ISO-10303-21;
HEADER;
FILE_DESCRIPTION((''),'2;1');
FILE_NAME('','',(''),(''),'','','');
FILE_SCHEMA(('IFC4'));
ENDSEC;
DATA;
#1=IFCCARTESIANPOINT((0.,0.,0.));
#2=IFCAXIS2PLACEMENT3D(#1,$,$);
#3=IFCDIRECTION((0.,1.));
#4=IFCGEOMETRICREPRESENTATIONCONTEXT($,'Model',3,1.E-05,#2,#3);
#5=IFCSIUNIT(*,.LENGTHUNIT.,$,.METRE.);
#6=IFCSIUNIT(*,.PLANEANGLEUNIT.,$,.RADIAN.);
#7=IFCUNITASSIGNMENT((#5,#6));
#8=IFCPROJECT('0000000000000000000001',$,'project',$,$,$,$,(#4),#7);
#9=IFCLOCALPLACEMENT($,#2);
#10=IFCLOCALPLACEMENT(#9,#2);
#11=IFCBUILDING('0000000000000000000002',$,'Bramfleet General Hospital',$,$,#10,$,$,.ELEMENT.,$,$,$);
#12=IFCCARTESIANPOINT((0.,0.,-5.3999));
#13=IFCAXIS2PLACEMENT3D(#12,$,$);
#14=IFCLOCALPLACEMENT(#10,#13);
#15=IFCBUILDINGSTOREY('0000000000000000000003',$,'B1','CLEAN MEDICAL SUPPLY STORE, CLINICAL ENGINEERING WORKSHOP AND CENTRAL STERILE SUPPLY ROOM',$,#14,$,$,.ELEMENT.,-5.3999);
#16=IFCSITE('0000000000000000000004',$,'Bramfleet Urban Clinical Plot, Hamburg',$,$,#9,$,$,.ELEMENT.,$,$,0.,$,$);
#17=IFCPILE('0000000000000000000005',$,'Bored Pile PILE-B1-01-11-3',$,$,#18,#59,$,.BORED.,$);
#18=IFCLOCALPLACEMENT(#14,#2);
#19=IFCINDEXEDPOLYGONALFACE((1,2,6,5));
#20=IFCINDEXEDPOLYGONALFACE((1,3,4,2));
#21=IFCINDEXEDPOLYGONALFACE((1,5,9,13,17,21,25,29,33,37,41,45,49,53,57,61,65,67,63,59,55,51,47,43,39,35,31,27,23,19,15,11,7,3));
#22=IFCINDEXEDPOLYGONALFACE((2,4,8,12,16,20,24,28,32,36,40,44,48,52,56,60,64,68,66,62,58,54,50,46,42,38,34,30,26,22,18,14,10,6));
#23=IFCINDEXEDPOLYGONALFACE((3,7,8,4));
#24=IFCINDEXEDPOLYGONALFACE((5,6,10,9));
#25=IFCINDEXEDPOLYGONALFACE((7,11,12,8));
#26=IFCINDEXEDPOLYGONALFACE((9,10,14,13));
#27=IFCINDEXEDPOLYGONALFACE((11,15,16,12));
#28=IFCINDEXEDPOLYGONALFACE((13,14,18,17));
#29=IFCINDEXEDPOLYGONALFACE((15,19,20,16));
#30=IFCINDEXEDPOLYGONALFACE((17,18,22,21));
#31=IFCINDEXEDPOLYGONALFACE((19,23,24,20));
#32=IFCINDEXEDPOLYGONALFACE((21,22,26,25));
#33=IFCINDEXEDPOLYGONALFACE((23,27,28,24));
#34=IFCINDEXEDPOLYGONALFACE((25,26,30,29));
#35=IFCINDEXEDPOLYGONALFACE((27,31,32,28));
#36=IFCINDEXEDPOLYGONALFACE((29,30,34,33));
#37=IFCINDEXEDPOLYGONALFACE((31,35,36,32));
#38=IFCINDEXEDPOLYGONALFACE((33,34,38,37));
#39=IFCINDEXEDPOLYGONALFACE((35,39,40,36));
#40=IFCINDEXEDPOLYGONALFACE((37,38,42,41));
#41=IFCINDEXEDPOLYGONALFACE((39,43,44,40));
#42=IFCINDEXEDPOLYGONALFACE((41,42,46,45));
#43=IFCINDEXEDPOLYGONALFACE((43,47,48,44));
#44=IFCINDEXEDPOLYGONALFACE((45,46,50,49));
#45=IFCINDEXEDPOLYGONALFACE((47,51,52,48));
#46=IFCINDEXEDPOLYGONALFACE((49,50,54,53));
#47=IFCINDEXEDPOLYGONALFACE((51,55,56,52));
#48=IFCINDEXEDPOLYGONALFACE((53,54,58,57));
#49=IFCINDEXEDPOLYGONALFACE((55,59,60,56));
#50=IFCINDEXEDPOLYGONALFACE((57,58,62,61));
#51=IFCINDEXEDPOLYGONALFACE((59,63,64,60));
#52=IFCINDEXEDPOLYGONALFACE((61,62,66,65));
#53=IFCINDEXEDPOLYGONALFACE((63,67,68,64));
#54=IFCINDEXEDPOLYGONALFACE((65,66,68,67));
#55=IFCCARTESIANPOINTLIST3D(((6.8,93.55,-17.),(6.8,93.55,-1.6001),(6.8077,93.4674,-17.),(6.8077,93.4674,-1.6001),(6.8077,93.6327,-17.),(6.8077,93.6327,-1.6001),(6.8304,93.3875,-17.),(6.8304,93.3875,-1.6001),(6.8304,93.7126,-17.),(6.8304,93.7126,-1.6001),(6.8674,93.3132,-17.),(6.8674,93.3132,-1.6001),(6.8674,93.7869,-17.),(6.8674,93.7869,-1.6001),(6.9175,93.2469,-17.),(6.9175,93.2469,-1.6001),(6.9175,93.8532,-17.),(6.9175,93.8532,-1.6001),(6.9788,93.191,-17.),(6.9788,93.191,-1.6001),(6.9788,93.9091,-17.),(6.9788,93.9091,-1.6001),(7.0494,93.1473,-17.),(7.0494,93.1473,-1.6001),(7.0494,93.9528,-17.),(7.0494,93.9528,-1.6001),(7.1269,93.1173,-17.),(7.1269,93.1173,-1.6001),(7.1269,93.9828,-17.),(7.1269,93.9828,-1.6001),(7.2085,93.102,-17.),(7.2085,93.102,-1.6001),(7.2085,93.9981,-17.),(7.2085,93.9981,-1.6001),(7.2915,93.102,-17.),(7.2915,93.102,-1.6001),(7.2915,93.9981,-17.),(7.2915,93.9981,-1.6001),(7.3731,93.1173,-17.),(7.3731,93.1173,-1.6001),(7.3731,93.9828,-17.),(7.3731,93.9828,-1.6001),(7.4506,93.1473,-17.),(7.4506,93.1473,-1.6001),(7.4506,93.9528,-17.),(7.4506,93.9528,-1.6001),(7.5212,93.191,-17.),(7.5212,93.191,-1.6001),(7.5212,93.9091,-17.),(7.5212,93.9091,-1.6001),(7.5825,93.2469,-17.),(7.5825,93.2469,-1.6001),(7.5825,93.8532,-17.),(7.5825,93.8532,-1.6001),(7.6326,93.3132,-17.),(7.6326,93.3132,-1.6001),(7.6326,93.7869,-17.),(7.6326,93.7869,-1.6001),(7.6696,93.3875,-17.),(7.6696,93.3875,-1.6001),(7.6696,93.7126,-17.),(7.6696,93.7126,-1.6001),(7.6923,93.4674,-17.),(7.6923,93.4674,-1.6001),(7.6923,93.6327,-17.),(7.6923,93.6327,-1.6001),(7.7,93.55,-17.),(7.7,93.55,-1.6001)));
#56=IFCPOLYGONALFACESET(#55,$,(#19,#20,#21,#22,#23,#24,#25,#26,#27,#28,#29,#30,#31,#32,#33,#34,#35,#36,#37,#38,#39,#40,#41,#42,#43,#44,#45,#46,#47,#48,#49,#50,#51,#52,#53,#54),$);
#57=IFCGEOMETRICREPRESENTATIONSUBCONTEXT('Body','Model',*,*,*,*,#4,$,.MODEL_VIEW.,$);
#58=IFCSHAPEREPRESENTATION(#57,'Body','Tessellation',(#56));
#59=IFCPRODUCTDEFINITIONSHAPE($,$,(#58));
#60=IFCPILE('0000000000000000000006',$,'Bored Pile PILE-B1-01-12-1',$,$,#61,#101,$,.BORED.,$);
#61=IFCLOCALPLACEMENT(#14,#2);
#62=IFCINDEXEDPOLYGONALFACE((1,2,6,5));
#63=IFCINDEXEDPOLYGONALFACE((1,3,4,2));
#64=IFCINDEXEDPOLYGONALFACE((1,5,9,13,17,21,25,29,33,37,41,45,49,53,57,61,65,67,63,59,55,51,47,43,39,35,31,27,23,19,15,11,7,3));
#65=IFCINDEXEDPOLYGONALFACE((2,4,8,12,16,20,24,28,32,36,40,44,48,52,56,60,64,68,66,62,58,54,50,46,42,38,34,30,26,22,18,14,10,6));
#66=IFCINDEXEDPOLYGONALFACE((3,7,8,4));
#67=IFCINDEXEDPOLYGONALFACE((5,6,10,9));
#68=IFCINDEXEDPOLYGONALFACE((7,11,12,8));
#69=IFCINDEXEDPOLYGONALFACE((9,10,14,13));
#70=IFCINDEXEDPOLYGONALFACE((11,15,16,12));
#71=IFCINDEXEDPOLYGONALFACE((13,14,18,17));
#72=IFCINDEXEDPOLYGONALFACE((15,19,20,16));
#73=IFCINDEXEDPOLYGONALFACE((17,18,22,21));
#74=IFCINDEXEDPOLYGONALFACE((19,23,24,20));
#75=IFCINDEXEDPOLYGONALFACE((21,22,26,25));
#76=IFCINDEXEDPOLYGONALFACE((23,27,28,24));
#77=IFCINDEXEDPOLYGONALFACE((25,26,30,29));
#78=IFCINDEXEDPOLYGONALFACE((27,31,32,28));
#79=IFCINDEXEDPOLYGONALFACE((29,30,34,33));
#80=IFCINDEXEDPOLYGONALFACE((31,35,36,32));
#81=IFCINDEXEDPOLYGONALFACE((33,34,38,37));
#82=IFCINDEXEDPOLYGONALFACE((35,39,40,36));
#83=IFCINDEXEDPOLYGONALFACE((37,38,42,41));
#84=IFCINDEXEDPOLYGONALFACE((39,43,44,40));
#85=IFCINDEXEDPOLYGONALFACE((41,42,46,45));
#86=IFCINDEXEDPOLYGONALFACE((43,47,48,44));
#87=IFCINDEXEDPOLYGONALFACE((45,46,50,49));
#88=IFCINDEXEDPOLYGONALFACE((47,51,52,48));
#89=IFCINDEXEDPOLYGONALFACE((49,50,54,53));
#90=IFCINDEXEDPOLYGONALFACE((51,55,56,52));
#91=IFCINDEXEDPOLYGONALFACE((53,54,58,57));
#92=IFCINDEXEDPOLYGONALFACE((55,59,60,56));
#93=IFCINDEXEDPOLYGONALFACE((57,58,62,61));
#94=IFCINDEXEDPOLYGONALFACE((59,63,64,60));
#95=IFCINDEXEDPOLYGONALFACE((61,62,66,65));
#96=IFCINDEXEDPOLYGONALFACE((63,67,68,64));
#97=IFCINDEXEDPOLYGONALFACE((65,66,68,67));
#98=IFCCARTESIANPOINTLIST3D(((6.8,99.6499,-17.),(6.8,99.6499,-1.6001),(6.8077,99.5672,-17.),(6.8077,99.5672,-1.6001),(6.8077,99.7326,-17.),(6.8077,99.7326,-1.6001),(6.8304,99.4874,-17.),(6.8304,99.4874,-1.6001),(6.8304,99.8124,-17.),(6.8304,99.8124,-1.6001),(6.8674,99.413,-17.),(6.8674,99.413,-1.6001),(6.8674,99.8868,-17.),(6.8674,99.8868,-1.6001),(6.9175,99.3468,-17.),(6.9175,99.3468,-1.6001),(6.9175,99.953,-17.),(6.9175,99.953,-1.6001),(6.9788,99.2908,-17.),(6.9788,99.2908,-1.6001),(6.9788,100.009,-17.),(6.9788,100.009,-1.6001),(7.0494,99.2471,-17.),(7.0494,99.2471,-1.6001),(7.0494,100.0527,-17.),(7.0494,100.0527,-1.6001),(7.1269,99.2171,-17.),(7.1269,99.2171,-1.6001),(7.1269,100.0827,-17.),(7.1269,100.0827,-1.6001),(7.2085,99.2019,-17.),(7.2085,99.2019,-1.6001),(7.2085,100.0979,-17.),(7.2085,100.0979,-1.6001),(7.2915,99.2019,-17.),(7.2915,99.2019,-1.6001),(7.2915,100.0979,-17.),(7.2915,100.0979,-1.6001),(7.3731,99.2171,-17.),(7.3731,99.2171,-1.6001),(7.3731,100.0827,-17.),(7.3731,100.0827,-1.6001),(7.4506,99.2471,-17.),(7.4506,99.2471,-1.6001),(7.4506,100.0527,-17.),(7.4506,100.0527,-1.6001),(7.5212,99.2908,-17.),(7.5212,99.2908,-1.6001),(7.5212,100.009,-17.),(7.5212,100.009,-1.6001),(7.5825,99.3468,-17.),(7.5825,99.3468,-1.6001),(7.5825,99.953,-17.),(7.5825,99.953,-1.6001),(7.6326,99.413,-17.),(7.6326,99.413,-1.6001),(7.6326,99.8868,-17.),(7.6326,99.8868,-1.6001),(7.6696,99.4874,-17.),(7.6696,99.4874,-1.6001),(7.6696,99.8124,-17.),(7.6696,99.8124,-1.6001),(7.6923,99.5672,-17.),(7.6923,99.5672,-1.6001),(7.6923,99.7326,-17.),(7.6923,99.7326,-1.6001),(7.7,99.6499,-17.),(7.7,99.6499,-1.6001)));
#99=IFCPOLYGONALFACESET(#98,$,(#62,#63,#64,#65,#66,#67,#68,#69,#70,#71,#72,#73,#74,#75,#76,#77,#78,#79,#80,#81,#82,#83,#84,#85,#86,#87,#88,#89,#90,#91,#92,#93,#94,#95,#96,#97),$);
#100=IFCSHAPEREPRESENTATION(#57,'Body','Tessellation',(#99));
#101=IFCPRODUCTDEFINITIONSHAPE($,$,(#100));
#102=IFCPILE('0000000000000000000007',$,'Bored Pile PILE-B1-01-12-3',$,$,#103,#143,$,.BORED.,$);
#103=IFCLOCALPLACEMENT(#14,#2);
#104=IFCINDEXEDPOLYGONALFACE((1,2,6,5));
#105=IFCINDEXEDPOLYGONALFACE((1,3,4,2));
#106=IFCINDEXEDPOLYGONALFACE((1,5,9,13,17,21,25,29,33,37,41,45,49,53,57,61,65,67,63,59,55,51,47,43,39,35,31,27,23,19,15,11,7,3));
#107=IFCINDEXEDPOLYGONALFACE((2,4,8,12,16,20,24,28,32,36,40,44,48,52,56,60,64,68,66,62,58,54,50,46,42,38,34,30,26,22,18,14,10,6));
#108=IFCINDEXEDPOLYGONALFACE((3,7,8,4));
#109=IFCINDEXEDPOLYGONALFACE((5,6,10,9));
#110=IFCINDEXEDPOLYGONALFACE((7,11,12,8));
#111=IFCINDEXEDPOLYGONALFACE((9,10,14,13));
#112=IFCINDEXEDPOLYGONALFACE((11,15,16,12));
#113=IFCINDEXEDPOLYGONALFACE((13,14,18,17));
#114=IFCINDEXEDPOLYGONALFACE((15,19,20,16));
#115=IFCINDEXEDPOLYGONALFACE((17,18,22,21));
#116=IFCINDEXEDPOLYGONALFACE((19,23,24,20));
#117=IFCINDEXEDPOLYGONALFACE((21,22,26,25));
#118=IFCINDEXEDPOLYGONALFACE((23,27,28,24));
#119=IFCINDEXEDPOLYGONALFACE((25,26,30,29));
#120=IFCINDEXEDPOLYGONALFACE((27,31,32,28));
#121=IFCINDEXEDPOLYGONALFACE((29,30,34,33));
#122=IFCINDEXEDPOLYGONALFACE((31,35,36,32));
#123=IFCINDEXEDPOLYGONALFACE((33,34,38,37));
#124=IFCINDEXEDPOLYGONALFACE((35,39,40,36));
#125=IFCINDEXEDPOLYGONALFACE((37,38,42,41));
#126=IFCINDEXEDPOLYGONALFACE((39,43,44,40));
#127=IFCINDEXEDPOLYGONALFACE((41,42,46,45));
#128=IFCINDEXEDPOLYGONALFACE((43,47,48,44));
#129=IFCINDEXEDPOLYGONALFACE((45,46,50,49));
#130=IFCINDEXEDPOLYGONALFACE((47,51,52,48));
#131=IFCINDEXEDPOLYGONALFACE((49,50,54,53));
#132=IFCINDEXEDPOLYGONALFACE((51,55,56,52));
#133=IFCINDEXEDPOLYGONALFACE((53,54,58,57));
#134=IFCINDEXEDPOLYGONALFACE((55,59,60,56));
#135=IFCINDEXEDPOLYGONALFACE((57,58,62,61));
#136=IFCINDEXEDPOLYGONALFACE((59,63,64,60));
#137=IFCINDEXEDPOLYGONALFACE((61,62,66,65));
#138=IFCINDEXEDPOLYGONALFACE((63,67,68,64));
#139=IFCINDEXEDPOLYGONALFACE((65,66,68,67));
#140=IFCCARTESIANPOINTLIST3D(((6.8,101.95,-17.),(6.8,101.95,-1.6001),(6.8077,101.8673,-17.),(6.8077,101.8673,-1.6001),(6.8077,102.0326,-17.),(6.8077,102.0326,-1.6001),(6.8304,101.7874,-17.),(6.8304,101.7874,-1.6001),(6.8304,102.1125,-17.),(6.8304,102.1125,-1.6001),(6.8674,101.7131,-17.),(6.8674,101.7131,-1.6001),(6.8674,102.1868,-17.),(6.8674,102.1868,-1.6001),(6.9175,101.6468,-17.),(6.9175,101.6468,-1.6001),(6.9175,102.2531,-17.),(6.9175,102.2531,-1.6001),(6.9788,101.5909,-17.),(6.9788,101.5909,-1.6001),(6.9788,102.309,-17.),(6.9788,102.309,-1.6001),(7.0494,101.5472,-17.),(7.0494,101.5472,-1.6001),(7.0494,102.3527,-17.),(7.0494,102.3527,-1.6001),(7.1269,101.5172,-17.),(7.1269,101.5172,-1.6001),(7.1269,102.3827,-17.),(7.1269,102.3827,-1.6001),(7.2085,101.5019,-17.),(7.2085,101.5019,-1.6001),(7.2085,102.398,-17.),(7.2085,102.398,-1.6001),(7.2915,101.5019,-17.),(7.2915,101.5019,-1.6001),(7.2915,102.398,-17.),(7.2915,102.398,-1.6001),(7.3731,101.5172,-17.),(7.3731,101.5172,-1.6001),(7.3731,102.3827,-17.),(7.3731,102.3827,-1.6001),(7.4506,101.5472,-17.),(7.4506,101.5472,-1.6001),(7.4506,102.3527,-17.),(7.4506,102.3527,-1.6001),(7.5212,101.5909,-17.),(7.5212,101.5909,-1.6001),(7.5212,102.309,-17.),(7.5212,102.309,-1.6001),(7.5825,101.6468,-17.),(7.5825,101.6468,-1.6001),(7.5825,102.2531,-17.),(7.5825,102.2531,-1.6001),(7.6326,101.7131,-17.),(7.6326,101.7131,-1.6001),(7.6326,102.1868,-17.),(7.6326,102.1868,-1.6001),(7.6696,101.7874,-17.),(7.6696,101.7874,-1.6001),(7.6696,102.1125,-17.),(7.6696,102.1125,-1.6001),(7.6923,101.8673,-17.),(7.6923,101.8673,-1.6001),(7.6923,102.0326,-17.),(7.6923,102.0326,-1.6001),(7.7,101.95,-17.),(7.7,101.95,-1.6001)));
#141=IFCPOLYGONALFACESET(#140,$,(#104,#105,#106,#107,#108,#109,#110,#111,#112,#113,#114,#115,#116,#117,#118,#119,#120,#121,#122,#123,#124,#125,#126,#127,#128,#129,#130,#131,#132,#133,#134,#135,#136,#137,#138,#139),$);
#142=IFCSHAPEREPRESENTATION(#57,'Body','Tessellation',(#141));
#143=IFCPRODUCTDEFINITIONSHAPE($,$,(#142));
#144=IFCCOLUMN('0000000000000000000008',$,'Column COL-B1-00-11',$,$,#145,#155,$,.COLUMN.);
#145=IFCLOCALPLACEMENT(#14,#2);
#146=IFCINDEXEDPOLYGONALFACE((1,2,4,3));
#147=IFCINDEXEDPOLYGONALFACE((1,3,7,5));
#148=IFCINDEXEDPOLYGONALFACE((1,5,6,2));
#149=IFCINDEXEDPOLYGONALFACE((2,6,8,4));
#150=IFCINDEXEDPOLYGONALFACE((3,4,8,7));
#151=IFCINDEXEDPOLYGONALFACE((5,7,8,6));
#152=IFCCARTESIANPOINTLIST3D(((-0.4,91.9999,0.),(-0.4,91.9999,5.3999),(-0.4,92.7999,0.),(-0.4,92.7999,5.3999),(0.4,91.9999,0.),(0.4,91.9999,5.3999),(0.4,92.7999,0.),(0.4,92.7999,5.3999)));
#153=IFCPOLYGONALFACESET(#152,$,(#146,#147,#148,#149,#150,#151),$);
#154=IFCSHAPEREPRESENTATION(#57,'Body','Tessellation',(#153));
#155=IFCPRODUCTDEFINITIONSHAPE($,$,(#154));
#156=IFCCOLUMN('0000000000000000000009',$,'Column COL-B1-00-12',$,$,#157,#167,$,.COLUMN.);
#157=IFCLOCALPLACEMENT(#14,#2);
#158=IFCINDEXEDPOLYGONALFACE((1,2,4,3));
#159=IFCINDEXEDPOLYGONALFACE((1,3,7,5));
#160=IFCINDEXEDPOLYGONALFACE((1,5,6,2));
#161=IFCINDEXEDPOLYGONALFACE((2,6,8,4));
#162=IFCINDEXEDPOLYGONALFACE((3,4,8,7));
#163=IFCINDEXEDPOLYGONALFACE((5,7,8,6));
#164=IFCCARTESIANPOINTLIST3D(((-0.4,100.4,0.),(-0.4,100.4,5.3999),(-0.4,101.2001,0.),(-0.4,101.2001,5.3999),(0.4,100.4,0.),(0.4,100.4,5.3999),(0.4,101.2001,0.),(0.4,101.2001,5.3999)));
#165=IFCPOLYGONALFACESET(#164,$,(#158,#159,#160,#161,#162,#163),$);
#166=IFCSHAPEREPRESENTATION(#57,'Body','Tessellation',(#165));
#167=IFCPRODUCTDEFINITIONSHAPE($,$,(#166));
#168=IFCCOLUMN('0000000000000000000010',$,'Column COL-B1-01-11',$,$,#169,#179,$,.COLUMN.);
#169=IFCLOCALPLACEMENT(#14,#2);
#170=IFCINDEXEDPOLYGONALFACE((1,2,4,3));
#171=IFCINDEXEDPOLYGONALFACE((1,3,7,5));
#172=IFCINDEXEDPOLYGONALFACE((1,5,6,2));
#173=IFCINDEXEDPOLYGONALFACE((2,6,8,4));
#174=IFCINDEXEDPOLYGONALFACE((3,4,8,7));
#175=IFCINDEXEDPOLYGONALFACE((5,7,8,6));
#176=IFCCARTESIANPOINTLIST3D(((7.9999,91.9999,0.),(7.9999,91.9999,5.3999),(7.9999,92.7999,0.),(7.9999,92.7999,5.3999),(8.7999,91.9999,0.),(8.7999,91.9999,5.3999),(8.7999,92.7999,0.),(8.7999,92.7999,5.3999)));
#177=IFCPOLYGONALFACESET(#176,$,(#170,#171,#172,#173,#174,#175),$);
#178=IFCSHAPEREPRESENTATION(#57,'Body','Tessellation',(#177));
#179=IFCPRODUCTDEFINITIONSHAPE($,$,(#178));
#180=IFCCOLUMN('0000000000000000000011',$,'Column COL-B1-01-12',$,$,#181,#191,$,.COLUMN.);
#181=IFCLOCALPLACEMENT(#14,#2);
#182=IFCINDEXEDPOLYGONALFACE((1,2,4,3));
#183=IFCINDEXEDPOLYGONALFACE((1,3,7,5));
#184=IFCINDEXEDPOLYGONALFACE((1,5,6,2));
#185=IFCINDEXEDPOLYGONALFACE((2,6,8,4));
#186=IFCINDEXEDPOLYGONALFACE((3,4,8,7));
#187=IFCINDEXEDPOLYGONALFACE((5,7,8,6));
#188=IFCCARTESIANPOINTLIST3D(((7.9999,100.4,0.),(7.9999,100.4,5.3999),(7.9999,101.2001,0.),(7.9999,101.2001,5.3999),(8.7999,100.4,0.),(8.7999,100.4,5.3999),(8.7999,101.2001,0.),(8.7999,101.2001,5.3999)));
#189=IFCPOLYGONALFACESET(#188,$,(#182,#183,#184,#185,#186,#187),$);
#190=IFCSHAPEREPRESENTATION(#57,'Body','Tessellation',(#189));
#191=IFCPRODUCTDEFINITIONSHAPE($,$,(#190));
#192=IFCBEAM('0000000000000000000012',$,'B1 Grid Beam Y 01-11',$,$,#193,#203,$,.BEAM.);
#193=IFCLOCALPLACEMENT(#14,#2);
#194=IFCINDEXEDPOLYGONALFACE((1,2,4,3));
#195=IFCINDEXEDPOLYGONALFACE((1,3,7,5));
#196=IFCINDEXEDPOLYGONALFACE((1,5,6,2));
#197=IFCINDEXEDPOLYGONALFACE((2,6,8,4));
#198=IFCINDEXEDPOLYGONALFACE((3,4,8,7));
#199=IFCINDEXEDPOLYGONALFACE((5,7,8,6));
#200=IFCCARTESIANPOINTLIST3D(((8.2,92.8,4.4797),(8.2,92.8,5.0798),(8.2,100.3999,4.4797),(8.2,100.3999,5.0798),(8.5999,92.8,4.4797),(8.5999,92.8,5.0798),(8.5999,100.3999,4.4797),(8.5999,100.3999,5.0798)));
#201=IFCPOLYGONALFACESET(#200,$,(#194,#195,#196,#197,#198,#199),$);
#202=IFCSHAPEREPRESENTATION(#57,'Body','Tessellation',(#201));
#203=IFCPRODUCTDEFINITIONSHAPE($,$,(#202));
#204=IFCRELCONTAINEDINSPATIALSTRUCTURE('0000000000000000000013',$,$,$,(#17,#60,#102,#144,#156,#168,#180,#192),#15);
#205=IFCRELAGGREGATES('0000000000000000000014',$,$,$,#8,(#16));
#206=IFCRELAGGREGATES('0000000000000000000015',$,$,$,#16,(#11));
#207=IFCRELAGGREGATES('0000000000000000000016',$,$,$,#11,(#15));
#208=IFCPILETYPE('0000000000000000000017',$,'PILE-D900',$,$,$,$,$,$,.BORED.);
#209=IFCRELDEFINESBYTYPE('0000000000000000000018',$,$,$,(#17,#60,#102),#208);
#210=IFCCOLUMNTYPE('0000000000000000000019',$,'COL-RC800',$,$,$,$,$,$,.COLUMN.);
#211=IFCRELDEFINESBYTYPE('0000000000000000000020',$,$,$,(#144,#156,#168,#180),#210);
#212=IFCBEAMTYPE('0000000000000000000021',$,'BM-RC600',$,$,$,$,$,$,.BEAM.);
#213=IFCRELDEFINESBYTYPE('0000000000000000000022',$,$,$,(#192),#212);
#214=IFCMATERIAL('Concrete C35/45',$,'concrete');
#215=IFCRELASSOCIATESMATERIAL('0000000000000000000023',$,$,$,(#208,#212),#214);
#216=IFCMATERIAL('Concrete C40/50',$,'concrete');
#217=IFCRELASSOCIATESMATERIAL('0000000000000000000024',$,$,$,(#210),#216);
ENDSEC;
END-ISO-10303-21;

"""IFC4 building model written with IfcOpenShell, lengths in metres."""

from ifc_helpers import new_model, si_unit, direction, frame, origin, origin_2d, place, context, subcontext, project, spatial, rectangle, circle, extrude, material, material_profile, profile_set, type_object, element, save


model = new_model("IFC4")

# Units and contexts
model_context = context("Model", 3, precision=1e-05, world=origin(), true_north=direction((0.0, 1.0)))
body_context = subcontext(model_context, "Body", "Model", "MODEL_VIEW")
ifc_project = project(units=[si_unit("LENGTHUNIT", "METRE"), si_unit("PLANEANGLEUNIT", "RADIAN")], contexts=[model_context])

# Site, building, storey
site_placement = place(None, origin())
site = spatial("IfcSite", under=ifc_project, at=site_placement, Name="Bramfleet Urban Clinical Plot, Hamburg", CompositionType="ELEMENT", RefElevation=0.0)
building_placement = place(site_placement, origin())
building = spatial("IfcBuilding", under=site, at=building_placement, Name="Bramfleet General Hospital", CompositionType="ELEMENT")
storey_placement = place(building_placement, frame((0.0, 0.0, -5.3999)))
storey = spatial("IfcBuildingStorey", under=building, at=storey_placement, Name="B1", Description="CLEAN MEDICAL SUPPLY STORE, CLINICAL ENGINEERING WORKSHOP AND CENTRAL STERILE SUPPLY ROOM", CompositionType="ELEMENT", Elevation=-5.3999)

# Shared definitions
ifc_material_1 = material(Name="Concrete C35/45", Category="concrete")

# Piles
ifc_material_profile_1 = material_profile(ifc_material_1, circle(Radius=0.45, at=origin_2d()), Name="PILE BORED D900")
ifc_profile_set_1 = profile_set([ifc_material_profile_1], Name="Concrete C35/45")
pile_type = type_object("IfcPileType", Name="PILE-D900", PredefinedType="BORED", material=ifc_profile_set_1)
for number, where, z_axis, x_axis, name in (
    (1, (7.25, 93.55, -1.6001), (0.0, 0.0, -1.0), (1.0, 0.0, 0.0), "Bored Pile PILE-B1-01-11-3"),
    (2, (7.25, 99.6499, -1.6001), (0.0, 0.0, -1.0), (1.0, 0.0, 0.0), "Bored Pile PILE-B1-01-12-1"),
    (3, (7.25, 101.95, -1.6001), (0.0, 0.0, -1.0), (1.0, 0.0, 0.0), "Bored Pile PILE-B1-01-12-3"),
):
    element("IfcPile", number, at=place(storey_placement, frame(where, z_axis=z_axis, x_axis=x_axis)), inside=storey, type_object=pile_type, Name=name, PredefinedType="BORED", context=body_context, shape_type="SweptSolid", body=[
        extrude(circle(Radius=0.45, at=origin_2d()), origin(), (0.0, 0.0, 1.0), 15.3999),
    ])

# Columns
ifc_material_2 = material(Name="Concrete C40/50", Category="concrete")
ifc_material_profile_2 = material_profile(ifc_material_2, rectangle(XDim=0.8, YDim=0.8, at=origin_2d()), Name="RC COL 800x800")
ifc_profile_set_2 = profile_set([ifc_material_profile_2], Name="Concrete C40/50")
column_type = type_object("IfcColumnType", Name="COL-RC800", PredefinedType="COLUMN", material=ifc_profile_set_2)
for number, where, z_axis, x_axis, name in (
    (4, (0.0, 92.3999, 0.0), (0.0, 0.0, 1.0), (1.0, 0.0, 0.0), "Column COL-B1-00-11"),
    (5, (0.0, 100.8, 0.0), (0.0, 0.0, 1.0), (1.0, 0.0, 0.0), "Column COL-B1-00-12"),
    (6, (8.3999, 92.3999, 0.0), (0.0, 0.0, 1.0), (1.0, 0.0, 0.0), "Column COL-B1-01-11"),
    (7, (8.3999, 100.8, 0.0), (0.0, 0.0, 1.0), (1.0, 0.0, 0.0), "Column COL-B1-01-12"),
):
    element("IfcColumn", number, at=place(storey_placement, frame(where, z_axis=z_axis, x_axis=x_axis)), inside=storey, type_object=column_type, Name=name, PredefinedType="COLUMN", context=body_context, shape_type="SweptSolid", body=[
        extrude(rectangle(XDim=0.8, YDim=0.8, at=origin_2d()), origin(), (0.0, 0.0, 1.0), 5.3999),
    ])

# Beam
ifc_material_profile_3 = material_profile(ifc_material_1, rectangle(XDim=0.3999, YDim=0.6001, at=origin_2d()), Name="RC BM 600x400")
ifc_profile_set_3 = profile_set([ifc_material_profile_3], Name="Concrete C35/45")
beam_type_1 = type_object("IfcBeamType", Name="BM-RC600", PredefinedType="BEAM", material=ifc_profile_set_3)
beam_1_placement = place(storey_placement, frame((8.3999, 92.8, 4.7798), z_axis=(0.0, 1.0, 0.0), x_axis=(-1.0, 0.0, 0.0)))
element("IfcBeam", 8, at=beam_1_placement, inside=storey, type_object=beam_type_1, Name="B1 Grid Beam Y 01-11", PredefinedType="BEAM", context=body_context, shape_type="SweptSolid", body=[
    extrude(rectangle(XDim=0.3999, YDim=0.6001, at=origin_2d()), origin(), (0.0, 0.0, 1.0), 7.5999),
])

save(model, "model.ifc")
